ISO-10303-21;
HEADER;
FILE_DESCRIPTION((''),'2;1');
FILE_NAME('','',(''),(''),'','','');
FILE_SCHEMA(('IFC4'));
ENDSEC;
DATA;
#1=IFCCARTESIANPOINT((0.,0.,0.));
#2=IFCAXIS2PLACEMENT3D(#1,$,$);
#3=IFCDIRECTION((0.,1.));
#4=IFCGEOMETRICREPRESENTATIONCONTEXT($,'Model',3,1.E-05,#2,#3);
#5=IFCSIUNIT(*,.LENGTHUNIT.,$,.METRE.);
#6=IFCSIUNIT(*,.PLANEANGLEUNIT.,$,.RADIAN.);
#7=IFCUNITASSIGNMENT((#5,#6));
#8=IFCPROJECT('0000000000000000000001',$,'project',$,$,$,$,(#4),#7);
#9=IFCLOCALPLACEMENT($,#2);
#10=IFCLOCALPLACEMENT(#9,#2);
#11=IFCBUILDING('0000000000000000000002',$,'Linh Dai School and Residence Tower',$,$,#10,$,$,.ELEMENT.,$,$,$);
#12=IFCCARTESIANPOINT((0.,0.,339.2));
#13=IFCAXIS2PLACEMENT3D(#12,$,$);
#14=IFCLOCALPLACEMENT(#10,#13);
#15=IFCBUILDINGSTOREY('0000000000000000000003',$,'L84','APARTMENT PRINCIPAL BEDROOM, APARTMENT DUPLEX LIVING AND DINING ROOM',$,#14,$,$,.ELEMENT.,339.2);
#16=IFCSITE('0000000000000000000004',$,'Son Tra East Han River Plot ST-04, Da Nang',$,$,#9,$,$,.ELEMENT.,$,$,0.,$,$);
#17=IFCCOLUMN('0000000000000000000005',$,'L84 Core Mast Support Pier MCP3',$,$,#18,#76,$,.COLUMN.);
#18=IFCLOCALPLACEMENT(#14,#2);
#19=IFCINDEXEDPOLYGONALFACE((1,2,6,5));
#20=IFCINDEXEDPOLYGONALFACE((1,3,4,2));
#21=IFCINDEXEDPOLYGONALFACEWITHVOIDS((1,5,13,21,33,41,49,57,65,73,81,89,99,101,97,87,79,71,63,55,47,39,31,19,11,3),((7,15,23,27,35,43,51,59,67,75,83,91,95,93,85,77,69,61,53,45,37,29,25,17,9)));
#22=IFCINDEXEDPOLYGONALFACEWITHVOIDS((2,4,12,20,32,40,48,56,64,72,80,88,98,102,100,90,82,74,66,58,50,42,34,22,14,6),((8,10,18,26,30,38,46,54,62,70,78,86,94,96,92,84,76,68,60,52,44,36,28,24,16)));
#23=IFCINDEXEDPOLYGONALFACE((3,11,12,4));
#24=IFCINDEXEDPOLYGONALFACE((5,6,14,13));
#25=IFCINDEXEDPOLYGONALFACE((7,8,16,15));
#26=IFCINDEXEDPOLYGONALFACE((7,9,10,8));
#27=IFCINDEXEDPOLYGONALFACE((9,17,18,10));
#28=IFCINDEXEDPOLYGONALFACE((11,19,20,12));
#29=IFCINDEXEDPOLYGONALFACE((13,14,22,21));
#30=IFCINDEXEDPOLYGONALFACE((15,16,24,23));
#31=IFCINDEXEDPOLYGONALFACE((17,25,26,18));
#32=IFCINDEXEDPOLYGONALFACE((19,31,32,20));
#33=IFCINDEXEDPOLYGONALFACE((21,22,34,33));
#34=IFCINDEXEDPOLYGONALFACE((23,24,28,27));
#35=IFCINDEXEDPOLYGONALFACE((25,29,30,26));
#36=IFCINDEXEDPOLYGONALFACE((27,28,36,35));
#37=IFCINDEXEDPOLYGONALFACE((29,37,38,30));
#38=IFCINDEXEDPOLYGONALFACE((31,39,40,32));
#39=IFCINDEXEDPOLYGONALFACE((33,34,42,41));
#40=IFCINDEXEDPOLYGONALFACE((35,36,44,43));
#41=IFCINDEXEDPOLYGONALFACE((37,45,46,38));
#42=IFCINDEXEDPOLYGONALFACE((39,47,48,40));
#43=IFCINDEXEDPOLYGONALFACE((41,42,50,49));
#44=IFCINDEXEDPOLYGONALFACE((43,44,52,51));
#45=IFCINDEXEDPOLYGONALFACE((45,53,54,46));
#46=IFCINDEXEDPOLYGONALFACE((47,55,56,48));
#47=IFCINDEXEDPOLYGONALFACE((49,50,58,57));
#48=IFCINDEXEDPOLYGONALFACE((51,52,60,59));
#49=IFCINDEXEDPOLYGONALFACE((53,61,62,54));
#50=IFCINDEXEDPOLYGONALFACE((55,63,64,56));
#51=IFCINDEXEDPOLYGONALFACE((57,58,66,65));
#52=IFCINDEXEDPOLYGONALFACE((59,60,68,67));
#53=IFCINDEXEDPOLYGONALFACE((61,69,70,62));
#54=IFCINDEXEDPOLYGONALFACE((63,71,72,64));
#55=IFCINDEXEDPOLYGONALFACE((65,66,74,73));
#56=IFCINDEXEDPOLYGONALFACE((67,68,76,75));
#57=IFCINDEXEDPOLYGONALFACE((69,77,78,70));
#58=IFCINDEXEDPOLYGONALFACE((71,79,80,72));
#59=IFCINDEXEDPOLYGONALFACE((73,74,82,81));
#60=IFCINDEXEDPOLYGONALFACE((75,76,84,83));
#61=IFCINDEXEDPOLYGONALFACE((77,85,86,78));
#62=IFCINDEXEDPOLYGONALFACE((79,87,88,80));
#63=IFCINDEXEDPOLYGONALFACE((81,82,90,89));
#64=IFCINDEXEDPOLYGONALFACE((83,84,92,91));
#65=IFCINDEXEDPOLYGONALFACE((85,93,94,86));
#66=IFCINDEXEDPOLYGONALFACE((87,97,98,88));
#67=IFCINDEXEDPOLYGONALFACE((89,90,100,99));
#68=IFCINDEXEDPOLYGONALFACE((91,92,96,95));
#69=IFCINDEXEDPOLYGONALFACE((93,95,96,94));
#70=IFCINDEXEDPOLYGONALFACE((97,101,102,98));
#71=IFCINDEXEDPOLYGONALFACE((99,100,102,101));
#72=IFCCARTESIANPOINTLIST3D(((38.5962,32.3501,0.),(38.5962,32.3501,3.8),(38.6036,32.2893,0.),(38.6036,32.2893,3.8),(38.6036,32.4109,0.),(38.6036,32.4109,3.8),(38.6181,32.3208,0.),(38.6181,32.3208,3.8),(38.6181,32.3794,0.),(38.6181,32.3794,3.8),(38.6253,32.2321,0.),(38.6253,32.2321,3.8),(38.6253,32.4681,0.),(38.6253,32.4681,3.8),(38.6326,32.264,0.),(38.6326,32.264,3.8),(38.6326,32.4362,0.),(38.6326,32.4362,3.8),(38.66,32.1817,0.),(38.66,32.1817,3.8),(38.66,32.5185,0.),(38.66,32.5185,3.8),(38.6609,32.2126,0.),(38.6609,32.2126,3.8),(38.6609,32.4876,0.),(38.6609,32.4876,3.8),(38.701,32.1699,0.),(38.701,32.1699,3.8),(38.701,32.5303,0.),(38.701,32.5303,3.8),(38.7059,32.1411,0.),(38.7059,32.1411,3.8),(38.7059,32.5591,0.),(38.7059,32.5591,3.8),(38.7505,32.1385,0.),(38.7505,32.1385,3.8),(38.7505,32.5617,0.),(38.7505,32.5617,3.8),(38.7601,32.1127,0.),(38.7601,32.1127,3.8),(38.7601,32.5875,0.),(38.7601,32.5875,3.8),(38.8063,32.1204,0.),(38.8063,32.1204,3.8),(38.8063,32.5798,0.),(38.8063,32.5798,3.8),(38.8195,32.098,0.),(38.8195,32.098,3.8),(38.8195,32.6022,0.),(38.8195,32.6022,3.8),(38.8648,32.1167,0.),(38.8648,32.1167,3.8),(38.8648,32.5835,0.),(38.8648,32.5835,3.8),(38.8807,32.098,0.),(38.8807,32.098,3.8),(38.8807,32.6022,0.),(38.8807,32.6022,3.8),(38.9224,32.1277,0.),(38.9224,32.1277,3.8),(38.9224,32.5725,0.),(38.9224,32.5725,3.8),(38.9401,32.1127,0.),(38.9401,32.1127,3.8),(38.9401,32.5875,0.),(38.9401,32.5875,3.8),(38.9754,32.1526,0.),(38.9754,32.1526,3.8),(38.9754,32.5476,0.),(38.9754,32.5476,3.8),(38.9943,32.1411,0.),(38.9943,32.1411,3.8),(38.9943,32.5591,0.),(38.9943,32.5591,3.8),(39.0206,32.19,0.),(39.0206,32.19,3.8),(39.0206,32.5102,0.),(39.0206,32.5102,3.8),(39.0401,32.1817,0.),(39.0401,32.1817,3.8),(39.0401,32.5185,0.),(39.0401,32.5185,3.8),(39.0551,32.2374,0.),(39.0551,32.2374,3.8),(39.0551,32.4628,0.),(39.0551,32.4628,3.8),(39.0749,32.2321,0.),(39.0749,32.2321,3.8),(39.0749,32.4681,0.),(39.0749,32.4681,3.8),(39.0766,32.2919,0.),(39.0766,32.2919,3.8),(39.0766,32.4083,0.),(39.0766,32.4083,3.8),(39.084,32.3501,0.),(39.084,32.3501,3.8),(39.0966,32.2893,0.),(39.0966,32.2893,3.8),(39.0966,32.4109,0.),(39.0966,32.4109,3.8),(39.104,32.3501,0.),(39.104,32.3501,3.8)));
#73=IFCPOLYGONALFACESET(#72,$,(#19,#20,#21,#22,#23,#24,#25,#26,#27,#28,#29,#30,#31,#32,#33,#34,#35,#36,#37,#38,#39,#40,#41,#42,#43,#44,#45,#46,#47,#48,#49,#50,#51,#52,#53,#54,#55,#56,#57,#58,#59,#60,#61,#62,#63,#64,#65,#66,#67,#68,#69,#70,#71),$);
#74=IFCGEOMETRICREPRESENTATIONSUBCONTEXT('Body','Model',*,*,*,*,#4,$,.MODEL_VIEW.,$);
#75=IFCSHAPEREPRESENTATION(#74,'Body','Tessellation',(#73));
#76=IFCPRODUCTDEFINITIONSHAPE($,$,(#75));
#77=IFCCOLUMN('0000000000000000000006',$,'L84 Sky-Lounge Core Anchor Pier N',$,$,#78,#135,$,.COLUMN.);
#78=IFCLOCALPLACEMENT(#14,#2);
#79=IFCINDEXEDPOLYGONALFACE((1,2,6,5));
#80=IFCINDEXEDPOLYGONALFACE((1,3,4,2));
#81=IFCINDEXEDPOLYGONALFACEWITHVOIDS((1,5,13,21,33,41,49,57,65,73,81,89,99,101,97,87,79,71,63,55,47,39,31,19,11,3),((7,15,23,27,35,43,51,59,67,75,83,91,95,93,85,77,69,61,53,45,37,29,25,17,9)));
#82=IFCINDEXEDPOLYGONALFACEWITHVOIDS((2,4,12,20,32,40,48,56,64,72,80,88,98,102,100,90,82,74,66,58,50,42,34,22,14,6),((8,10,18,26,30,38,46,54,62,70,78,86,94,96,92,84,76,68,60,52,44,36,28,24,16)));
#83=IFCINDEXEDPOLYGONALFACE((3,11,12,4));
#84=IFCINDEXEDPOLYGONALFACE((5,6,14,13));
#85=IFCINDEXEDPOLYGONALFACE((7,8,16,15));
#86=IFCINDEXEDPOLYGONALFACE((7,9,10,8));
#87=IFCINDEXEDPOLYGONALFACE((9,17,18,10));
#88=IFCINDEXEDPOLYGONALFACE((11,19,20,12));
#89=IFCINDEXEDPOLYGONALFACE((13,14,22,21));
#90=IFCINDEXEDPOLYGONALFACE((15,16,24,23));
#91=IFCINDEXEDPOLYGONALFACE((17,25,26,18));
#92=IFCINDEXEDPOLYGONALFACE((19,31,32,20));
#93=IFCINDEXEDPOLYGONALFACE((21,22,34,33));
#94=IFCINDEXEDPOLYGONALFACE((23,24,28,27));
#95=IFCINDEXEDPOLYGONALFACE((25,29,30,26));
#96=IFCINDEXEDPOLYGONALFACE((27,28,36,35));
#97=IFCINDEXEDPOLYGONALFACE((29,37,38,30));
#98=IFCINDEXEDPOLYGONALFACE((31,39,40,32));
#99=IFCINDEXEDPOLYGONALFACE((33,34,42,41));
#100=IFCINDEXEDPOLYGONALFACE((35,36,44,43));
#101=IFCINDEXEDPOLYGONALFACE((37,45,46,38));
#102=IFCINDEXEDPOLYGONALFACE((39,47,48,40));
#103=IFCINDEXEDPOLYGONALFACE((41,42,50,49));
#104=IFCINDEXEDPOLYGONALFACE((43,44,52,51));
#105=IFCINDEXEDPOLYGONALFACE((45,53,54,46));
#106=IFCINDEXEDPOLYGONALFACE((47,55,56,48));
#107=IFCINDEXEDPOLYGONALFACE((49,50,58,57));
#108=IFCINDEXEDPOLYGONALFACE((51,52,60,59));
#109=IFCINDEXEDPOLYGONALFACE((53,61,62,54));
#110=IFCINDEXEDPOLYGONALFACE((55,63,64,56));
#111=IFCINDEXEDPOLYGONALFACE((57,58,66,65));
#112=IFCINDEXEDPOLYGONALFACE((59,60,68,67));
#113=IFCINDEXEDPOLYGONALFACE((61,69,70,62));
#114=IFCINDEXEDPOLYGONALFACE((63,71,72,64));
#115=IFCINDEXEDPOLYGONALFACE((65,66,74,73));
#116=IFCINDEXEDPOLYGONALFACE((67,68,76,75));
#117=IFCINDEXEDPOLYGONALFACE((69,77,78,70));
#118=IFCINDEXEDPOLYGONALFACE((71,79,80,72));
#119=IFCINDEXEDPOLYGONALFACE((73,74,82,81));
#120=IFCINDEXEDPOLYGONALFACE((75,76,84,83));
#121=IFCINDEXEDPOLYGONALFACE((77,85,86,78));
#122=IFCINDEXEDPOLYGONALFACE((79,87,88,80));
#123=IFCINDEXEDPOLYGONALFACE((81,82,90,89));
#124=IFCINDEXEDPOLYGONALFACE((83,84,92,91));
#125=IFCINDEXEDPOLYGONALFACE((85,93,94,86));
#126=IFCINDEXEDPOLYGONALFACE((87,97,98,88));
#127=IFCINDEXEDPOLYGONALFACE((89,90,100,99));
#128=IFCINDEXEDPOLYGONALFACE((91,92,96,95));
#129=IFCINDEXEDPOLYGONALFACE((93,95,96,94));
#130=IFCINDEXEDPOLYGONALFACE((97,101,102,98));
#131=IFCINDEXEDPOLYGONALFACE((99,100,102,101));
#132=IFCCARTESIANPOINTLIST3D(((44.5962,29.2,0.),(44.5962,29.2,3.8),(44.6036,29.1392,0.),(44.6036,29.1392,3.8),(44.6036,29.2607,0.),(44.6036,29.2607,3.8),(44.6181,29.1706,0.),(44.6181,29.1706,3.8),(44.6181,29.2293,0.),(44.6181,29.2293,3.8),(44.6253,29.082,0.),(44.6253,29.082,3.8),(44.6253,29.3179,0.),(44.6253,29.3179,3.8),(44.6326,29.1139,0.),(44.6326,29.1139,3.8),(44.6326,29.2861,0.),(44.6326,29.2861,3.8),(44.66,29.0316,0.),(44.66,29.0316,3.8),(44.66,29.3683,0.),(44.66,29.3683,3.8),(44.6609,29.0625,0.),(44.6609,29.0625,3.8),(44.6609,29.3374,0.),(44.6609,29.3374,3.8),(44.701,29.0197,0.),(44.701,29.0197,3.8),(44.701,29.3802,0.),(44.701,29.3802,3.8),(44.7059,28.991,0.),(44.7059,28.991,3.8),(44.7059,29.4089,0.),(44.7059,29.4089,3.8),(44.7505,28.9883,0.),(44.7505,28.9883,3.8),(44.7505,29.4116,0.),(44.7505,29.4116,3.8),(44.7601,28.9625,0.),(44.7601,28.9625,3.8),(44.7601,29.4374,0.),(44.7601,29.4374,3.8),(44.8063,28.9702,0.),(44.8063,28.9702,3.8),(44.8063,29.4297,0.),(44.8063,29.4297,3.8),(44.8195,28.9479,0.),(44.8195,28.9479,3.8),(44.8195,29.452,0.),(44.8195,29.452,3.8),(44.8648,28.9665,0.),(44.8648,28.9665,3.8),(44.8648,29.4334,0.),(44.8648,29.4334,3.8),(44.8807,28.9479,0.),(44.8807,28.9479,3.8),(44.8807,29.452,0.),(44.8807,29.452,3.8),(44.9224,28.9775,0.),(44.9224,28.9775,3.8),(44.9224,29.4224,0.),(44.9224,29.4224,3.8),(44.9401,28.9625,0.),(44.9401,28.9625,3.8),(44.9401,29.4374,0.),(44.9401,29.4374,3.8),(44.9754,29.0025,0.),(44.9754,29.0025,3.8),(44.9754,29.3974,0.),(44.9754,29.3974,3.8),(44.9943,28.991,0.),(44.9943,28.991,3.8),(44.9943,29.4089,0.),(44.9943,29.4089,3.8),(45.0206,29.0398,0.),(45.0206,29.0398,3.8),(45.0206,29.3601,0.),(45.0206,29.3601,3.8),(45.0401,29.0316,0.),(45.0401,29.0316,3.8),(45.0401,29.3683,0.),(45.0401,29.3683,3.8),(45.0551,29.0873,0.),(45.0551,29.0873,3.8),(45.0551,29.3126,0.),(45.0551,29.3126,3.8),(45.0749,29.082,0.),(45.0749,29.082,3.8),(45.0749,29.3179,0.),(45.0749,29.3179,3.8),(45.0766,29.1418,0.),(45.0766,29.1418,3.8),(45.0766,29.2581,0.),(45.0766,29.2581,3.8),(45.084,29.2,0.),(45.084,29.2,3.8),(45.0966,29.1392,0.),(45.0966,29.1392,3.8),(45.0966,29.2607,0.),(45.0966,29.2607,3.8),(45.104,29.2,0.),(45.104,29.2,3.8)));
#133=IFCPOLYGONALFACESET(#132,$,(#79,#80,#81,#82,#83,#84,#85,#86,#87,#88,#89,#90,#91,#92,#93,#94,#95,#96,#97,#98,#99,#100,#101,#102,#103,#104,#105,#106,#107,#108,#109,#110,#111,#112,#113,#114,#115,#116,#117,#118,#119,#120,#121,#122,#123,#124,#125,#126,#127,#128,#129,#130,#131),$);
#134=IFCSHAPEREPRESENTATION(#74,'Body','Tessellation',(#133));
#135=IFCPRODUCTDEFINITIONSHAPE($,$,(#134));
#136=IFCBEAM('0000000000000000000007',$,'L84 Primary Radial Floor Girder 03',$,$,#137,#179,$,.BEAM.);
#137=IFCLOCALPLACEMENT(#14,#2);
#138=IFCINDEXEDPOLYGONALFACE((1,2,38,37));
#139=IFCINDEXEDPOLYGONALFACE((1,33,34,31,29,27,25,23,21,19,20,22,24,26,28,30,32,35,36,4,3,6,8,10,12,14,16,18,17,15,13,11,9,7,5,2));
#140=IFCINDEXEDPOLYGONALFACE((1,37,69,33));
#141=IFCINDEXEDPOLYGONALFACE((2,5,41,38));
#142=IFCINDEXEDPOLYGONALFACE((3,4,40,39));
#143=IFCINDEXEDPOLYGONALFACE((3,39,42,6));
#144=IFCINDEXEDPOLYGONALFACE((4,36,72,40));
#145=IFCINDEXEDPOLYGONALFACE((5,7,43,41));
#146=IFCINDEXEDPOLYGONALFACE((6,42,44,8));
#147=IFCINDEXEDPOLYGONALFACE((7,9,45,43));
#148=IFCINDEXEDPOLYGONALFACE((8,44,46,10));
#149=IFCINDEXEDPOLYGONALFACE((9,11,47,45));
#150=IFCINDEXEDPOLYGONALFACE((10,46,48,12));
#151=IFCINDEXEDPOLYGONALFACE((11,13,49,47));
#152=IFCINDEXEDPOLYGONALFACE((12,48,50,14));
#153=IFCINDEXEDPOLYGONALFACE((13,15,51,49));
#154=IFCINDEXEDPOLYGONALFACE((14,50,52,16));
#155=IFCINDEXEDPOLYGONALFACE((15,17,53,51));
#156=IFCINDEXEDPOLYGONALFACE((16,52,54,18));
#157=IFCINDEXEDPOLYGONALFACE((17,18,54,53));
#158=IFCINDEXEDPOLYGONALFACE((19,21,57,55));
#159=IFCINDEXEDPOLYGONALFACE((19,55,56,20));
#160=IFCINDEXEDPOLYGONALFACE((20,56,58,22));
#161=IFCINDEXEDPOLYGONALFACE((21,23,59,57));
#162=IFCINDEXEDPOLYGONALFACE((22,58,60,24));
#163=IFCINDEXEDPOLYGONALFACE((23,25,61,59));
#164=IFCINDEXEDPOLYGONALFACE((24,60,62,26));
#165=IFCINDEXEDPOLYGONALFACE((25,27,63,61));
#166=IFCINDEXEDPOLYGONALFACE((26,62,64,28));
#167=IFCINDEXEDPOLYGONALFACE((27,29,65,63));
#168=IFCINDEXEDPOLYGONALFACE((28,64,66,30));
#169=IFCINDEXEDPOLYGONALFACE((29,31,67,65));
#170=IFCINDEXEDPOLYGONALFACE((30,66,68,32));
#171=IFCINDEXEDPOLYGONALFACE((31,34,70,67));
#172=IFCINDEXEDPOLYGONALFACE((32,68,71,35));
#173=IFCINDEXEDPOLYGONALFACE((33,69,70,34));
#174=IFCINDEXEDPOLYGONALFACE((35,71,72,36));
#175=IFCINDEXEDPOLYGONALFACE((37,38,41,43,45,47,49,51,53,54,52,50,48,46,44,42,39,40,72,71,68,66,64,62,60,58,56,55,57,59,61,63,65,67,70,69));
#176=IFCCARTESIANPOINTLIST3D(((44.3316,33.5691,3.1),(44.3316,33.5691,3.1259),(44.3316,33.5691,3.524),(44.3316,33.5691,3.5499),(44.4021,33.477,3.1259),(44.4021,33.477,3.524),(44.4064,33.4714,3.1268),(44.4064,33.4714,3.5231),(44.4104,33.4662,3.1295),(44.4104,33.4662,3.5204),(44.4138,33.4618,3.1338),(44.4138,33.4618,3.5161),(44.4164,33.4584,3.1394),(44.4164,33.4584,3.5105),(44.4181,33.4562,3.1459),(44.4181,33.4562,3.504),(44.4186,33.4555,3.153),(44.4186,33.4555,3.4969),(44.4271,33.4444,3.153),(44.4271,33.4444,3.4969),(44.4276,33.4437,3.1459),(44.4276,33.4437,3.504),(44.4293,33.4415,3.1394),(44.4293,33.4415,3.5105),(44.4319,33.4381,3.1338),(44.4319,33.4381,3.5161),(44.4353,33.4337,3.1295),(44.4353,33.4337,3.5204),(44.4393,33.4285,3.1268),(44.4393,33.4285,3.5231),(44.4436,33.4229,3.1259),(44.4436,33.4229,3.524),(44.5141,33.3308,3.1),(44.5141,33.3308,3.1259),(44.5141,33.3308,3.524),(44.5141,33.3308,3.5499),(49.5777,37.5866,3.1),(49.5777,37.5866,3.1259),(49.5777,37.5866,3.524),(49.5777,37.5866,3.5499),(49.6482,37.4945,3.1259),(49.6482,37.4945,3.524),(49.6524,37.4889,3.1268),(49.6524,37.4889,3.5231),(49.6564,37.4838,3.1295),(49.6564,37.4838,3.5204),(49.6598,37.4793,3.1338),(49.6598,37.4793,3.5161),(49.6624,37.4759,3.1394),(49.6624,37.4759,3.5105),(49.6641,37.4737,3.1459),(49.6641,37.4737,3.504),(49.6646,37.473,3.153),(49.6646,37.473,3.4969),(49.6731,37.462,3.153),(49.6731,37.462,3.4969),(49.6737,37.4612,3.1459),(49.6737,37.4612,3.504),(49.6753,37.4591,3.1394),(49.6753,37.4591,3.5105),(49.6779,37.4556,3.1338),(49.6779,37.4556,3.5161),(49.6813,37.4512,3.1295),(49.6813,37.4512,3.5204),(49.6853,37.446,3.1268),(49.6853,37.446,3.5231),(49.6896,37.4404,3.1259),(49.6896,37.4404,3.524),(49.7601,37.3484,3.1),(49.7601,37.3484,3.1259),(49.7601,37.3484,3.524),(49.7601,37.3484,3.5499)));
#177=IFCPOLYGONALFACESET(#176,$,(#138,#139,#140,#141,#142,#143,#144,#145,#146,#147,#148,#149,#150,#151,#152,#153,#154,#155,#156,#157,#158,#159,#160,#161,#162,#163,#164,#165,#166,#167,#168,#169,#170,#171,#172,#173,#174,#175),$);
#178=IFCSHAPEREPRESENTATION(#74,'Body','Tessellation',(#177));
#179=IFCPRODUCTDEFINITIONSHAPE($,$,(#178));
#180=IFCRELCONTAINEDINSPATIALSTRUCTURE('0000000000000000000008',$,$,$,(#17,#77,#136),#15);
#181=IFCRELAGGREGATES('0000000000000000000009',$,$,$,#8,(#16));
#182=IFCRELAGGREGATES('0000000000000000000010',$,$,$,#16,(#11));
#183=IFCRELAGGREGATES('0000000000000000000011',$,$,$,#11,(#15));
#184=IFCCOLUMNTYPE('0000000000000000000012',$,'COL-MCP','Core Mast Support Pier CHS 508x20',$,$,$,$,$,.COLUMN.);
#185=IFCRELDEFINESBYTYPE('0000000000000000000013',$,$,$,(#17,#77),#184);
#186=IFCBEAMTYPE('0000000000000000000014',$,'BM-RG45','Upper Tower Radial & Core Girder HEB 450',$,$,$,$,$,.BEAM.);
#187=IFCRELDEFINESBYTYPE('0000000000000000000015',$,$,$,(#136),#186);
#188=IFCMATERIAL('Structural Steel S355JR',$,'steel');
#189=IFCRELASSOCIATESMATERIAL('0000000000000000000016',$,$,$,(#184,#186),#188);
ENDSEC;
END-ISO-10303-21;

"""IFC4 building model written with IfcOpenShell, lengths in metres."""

from ifc_helpers import new_model, si_unit, direction, frame, origin, origin_2d, place, context, subcontext, project, spatial, hollow_circle, i_section, extrude, material, material_profile, profile_set, type_object, element, save


model = new_model("IFC4")

# Units and contexts
model_context = context("Model", 3, precision=1e-05, world=origin(), true_north=direction((0.0, 1.0)))
body_context = subcontext(model_context, "Body", "Model", "MODEL_VIEW")
ifc_project = project(units=[si_unit("LENGTHUNIT", "METRE"), si_unit("PLANEANGLEUNIT", "RADIAN")], contexts=[model_context])

# Site, building, storey
site_placement = place(None, origin())
site = spatial("IfcSite", under=ifc_project, at=site_placement, Name="Son Tra East Han River Plot ST-04, Da Nang", CompositionType="ELEMENT", RefElevation=0.0)
building_placement = place(site_placement, origin())
building = spatial("IfcBuilding", under=site, at=building_placement, Name="Linh Dai School and Residence Tower", CompositionType="ELEMENT")
storey_placement = place(building_placement, frame((0.0, 0.0, 339.2)))
storey = spatial("IfcBuildingStorey", under=building, at=storey_placement, Name="L84", Description="APARTMENT PRINCIPAL BEDROOM, APARTMENT DUPLEX LIVING AND DINING ROOM", CompositionType="ELEMENT", Elevation=339.2)

# Columns
ifc_material_1 = material(Name="Structural Steel S355JR", Category="steel")
ifc_material_profile_1 = material_profile(ifc_material_1, hollow_circle(Radius=0.2539, WallThickness=0.02, at=origin_2d()), Name="CHS 508x20")
ifc_profile_set_1 = profile_set([ifc_material_profile_1], Name="Structural Steel S355JR")
column_type = type_object("IfcColumnType", Name="COL-MCP", Description="Core Mast Support Pier CHS 508x20", PredefinedType="COLUMN", material=ifc_profile_set_1)
for number, where, z_axis, x_axis, name in (
    (1, (38.8501, 32.3501, 0.0), (0.0, 0.0, 1.0), (1.0, 0.0, 0.0), "L84 Core Mast Support Pier MCP3"),
    (2, (44.8501, 29.2, 0.0), (0.0, 0.0, 1.0), (1.0, 0.0, 0.0), "L84 Sky-Lounge Core Anchor Pier N"),
):
    element("IfcColumn", number, at=place(storey_placement, frame(where, z_axis=z_axis, x_axis=x_axis)), inside=storey, type_object=column_type, Name=name, PredefinedType="COLUMN", context=body_context, shape_type="SweptSolid", body=[
        extrude(hollow_circle(Radius=0.2539, WallThickness=0.02, at=origin_2d()), origin(), (0.0, 0.0, 1.0), 3.8),
    ])

# Beam
ifc_material_profile_2 = material_profile(ifc_material_1, i_section(OverallWidth=0.3, OverallDepth=0.45, WebThickness=0.0139, FlangeThickness=0.0259, FilletRadius=0.0271, at=origin_2d()), Name="HEB 450")
ifc_profile_set_2 = profile_set([ifc_material_profile_2], Name="Structural Steel S355JR")
beam_type_1 = type_object("IfcBeamType", Name="BM-RG45", Description="Upper Tower Radial & Core Girder HEB 450", PredefinedType="BEAM", material=ifc_profile_set_2)
beam_1_placement = place(storey_placement, frame((44.4229, 33.45, 3.325), z_axis=(0.79393, 0.608009, 0.0), x_axis=(-0.608009, 0.79393, 0.0)))
element("IfcBeam", 3, at=beam_1_placement, inside=storey, type_object=beam_type_1, Name="L84 Primary Radial Floor Girder 03", PredefinedType="BEAM", context=body_context, shape_type="SweptSolid", body=[
    extrude(i_section(OverallWidth=0.3, OverallDepth=0.45, WebThickness=0.0139, FlangeThickness=0.0259, FilletRadius=0.0271, at=origin_2d()), origin(), (0.0, 0.0, 1.0), 6.6077),
])

save(model, "model.ifc")
